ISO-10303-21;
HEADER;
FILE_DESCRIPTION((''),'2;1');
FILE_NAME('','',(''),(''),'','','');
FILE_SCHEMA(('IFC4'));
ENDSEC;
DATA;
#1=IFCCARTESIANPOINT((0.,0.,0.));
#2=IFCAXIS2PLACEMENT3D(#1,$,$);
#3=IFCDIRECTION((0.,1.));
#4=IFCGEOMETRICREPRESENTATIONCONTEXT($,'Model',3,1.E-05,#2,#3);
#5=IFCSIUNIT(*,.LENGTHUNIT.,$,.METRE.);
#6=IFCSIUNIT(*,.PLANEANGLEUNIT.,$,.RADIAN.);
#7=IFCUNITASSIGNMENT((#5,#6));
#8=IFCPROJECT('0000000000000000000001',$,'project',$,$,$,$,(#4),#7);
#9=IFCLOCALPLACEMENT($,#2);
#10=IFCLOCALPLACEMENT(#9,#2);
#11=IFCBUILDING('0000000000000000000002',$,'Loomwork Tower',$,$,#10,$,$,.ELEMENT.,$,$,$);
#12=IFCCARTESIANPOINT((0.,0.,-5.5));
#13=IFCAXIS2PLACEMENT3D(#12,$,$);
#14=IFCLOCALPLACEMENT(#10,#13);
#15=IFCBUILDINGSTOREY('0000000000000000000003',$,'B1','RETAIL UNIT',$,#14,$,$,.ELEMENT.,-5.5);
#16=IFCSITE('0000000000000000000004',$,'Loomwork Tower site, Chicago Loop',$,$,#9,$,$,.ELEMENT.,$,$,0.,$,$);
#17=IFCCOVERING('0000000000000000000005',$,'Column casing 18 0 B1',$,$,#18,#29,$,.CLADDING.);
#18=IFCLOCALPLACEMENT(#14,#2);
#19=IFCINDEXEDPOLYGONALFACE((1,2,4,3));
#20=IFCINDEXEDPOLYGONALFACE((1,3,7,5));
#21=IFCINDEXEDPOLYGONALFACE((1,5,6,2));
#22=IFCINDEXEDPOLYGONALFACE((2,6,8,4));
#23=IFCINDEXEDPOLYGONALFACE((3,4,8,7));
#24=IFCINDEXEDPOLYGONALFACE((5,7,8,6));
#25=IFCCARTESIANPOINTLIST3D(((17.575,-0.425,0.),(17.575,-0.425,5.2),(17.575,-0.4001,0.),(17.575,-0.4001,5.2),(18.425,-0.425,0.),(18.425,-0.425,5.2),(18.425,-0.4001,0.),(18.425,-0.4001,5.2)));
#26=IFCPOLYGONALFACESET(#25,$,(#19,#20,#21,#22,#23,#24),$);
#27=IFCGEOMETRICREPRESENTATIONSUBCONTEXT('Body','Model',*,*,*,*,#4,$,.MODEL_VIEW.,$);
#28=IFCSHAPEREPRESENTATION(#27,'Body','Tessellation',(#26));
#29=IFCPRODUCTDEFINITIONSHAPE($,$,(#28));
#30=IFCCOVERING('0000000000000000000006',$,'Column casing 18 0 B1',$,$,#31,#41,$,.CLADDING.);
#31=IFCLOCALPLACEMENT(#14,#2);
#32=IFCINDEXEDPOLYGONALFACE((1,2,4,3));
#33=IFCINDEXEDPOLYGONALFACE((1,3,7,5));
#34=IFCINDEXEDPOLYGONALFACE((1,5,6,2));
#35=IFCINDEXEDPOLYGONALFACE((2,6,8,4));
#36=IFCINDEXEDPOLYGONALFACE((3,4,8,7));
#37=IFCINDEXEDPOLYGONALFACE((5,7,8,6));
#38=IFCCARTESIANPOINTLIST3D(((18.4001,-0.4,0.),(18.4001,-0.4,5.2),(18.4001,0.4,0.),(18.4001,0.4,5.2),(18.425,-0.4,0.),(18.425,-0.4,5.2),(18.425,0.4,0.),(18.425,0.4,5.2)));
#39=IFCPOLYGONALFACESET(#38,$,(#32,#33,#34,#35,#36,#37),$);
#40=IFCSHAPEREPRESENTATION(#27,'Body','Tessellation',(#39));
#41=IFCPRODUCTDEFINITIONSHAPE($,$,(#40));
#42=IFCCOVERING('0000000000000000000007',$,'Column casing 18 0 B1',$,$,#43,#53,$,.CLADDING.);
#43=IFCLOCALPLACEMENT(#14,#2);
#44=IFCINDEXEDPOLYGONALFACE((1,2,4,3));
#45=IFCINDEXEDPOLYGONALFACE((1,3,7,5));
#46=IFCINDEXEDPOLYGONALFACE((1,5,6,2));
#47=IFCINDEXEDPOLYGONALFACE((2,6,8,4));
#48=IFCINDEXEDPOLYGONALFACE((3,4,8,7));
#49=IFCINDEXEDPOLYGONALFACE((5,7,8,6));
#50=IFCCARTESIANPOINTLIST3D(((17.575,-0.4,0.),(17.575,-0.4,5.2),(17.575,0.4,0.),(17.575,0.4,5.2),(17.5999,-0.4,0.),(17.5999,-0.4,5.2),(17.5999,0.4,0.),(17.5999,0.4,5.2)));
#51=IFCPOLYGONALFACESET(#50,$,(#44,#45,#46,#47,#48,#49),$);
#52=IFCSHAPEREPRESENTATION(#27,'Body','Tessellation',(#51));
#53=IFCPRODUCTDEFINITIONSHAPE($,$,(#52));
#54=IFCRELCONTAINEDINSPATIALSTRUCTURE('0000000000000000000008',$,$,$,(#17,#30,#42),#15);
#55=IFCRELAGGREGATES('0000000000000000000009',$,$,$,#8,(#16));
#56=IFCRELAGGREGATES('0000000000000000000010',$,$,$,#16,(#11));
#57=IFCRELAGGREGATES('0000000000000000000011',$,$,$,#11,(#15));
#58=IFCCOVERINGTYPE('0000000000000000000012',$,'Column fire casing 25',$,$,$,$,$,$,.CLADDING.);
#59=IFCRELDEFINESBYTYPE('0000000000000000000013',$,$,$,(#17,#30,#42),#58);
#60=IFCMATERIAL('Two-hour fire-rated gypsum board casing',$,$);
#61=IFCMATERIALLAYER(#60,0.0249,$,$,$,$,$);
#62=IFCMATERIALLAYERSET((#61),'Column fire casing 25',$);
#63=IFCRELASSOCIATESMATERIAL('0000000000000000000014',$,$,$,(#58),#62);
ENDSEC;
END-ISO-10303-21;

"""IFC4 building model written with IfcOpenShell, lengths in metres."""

from ifc_helpers import new_model, si_unit, direction, frame, origin, origin_2d, place, context, subcontext, project, spatial, rectangle, extrude, material, layer, layer_set, type_object, element, save


model = new_model("IFC4")

# Units and contexts
model_context = context("Model", 3, precision=1e-05, world=origin(), true_north=direction((0.0, 1.0)))
body_context = subcontext(model_context, "Body", "Model", "MODEL_VIEW")
ifc_project = project(units=[si_unit("LENGTHUNIT", "METRE"), si_unit("PLANEANGLEUNIT", "RADIAN")], contexts=[model_context])

# Site, building, storey
site_placement = place(None, origin())
site = spatial("IfcSite", under=ifc_project, at=site_placement, Name="Loomwork Tower site, Chicago Loop", CompositionType="ELEMENT", RefElevation=0.0)
building_placement = place(site_placement, origin())
building = spatial("IfcBuilding", under=site, at=building_placement, Name="Loomwork Tower", CompositionType="ELEMENT")
storey_placement = place(building_placement, frame((0.0, 0.0, -5.5)))
storey = spatial("IfcBuildingStorey", under=building, at=storey_placement, Name="B1", Description="RETAIL UNIT", CompositionType="ELEMENT", Elevation=-5.5)

# Coverings
ifc_material_1 = material(Name="Two-hour fire-rated gypsum board casing")
ifc_layer_1 = layer(ifc_material_1, 0.0249)
ifc_layer_set_1 = layer_set([ifc_layer_1], Name="Column fire casing 25")
covering_type = type_object("IfcCoveringType", Name="Column fire casing 25", PredefinedType="CLADDING", material=ifc_layer_set_1)
for number, where, z_axis, x_axis, name in (
    (1, (18.0, -0.4126, 0.0), (0.0, 0.0, 1.0), (1.0, 0.0, 0.0), "Column casing 18 0 B1"),
):
    element("IfcCovering", number, at=place(storey_placement, frame(where, z_axis=z_axis, x_axis=x_axis)), inside=storey, type_object=covering_type, Name=name, PredefinedType="CLADDING", context=body_context, shape_type="SweptSolid", body=[
        extrude(rectangle(XDim=0.8501, YDim=0.0249, at=origin_2d()), origin(), (0.0, 0.0, 1.0), 5.2),
    ])
for number, where, z_axis, x_axis, name in (
    (2, (18.4126, 0.0, 0.0), (0.0, 0.0, 1.0), (1.0, 0.0, 0.0), "Column casing 18 0 B1"),
    (3, (17.5874, 0.0, 0.0), (0.0, 0.0, 1.0), (1.0, 0.0, 0.0), "Column casing 18 0 B1"),
):
    element("IfcCovering", number, at=place(storey_placement, frame(where, z_axis=z_axis, x_axis=x_axis)), inside=storey, type_object=covering_type, Name=name, PredefinedType="CLADDING", context=body_context, shape_type="SweptSolid", body=[
        extrude(rectangle(XDim=0.0249, YDim=0.8, at=origin_2d()), origin(), (0.0, 0.0, 1.0), 5.2),
    ])

save(model, "model.ifc")
